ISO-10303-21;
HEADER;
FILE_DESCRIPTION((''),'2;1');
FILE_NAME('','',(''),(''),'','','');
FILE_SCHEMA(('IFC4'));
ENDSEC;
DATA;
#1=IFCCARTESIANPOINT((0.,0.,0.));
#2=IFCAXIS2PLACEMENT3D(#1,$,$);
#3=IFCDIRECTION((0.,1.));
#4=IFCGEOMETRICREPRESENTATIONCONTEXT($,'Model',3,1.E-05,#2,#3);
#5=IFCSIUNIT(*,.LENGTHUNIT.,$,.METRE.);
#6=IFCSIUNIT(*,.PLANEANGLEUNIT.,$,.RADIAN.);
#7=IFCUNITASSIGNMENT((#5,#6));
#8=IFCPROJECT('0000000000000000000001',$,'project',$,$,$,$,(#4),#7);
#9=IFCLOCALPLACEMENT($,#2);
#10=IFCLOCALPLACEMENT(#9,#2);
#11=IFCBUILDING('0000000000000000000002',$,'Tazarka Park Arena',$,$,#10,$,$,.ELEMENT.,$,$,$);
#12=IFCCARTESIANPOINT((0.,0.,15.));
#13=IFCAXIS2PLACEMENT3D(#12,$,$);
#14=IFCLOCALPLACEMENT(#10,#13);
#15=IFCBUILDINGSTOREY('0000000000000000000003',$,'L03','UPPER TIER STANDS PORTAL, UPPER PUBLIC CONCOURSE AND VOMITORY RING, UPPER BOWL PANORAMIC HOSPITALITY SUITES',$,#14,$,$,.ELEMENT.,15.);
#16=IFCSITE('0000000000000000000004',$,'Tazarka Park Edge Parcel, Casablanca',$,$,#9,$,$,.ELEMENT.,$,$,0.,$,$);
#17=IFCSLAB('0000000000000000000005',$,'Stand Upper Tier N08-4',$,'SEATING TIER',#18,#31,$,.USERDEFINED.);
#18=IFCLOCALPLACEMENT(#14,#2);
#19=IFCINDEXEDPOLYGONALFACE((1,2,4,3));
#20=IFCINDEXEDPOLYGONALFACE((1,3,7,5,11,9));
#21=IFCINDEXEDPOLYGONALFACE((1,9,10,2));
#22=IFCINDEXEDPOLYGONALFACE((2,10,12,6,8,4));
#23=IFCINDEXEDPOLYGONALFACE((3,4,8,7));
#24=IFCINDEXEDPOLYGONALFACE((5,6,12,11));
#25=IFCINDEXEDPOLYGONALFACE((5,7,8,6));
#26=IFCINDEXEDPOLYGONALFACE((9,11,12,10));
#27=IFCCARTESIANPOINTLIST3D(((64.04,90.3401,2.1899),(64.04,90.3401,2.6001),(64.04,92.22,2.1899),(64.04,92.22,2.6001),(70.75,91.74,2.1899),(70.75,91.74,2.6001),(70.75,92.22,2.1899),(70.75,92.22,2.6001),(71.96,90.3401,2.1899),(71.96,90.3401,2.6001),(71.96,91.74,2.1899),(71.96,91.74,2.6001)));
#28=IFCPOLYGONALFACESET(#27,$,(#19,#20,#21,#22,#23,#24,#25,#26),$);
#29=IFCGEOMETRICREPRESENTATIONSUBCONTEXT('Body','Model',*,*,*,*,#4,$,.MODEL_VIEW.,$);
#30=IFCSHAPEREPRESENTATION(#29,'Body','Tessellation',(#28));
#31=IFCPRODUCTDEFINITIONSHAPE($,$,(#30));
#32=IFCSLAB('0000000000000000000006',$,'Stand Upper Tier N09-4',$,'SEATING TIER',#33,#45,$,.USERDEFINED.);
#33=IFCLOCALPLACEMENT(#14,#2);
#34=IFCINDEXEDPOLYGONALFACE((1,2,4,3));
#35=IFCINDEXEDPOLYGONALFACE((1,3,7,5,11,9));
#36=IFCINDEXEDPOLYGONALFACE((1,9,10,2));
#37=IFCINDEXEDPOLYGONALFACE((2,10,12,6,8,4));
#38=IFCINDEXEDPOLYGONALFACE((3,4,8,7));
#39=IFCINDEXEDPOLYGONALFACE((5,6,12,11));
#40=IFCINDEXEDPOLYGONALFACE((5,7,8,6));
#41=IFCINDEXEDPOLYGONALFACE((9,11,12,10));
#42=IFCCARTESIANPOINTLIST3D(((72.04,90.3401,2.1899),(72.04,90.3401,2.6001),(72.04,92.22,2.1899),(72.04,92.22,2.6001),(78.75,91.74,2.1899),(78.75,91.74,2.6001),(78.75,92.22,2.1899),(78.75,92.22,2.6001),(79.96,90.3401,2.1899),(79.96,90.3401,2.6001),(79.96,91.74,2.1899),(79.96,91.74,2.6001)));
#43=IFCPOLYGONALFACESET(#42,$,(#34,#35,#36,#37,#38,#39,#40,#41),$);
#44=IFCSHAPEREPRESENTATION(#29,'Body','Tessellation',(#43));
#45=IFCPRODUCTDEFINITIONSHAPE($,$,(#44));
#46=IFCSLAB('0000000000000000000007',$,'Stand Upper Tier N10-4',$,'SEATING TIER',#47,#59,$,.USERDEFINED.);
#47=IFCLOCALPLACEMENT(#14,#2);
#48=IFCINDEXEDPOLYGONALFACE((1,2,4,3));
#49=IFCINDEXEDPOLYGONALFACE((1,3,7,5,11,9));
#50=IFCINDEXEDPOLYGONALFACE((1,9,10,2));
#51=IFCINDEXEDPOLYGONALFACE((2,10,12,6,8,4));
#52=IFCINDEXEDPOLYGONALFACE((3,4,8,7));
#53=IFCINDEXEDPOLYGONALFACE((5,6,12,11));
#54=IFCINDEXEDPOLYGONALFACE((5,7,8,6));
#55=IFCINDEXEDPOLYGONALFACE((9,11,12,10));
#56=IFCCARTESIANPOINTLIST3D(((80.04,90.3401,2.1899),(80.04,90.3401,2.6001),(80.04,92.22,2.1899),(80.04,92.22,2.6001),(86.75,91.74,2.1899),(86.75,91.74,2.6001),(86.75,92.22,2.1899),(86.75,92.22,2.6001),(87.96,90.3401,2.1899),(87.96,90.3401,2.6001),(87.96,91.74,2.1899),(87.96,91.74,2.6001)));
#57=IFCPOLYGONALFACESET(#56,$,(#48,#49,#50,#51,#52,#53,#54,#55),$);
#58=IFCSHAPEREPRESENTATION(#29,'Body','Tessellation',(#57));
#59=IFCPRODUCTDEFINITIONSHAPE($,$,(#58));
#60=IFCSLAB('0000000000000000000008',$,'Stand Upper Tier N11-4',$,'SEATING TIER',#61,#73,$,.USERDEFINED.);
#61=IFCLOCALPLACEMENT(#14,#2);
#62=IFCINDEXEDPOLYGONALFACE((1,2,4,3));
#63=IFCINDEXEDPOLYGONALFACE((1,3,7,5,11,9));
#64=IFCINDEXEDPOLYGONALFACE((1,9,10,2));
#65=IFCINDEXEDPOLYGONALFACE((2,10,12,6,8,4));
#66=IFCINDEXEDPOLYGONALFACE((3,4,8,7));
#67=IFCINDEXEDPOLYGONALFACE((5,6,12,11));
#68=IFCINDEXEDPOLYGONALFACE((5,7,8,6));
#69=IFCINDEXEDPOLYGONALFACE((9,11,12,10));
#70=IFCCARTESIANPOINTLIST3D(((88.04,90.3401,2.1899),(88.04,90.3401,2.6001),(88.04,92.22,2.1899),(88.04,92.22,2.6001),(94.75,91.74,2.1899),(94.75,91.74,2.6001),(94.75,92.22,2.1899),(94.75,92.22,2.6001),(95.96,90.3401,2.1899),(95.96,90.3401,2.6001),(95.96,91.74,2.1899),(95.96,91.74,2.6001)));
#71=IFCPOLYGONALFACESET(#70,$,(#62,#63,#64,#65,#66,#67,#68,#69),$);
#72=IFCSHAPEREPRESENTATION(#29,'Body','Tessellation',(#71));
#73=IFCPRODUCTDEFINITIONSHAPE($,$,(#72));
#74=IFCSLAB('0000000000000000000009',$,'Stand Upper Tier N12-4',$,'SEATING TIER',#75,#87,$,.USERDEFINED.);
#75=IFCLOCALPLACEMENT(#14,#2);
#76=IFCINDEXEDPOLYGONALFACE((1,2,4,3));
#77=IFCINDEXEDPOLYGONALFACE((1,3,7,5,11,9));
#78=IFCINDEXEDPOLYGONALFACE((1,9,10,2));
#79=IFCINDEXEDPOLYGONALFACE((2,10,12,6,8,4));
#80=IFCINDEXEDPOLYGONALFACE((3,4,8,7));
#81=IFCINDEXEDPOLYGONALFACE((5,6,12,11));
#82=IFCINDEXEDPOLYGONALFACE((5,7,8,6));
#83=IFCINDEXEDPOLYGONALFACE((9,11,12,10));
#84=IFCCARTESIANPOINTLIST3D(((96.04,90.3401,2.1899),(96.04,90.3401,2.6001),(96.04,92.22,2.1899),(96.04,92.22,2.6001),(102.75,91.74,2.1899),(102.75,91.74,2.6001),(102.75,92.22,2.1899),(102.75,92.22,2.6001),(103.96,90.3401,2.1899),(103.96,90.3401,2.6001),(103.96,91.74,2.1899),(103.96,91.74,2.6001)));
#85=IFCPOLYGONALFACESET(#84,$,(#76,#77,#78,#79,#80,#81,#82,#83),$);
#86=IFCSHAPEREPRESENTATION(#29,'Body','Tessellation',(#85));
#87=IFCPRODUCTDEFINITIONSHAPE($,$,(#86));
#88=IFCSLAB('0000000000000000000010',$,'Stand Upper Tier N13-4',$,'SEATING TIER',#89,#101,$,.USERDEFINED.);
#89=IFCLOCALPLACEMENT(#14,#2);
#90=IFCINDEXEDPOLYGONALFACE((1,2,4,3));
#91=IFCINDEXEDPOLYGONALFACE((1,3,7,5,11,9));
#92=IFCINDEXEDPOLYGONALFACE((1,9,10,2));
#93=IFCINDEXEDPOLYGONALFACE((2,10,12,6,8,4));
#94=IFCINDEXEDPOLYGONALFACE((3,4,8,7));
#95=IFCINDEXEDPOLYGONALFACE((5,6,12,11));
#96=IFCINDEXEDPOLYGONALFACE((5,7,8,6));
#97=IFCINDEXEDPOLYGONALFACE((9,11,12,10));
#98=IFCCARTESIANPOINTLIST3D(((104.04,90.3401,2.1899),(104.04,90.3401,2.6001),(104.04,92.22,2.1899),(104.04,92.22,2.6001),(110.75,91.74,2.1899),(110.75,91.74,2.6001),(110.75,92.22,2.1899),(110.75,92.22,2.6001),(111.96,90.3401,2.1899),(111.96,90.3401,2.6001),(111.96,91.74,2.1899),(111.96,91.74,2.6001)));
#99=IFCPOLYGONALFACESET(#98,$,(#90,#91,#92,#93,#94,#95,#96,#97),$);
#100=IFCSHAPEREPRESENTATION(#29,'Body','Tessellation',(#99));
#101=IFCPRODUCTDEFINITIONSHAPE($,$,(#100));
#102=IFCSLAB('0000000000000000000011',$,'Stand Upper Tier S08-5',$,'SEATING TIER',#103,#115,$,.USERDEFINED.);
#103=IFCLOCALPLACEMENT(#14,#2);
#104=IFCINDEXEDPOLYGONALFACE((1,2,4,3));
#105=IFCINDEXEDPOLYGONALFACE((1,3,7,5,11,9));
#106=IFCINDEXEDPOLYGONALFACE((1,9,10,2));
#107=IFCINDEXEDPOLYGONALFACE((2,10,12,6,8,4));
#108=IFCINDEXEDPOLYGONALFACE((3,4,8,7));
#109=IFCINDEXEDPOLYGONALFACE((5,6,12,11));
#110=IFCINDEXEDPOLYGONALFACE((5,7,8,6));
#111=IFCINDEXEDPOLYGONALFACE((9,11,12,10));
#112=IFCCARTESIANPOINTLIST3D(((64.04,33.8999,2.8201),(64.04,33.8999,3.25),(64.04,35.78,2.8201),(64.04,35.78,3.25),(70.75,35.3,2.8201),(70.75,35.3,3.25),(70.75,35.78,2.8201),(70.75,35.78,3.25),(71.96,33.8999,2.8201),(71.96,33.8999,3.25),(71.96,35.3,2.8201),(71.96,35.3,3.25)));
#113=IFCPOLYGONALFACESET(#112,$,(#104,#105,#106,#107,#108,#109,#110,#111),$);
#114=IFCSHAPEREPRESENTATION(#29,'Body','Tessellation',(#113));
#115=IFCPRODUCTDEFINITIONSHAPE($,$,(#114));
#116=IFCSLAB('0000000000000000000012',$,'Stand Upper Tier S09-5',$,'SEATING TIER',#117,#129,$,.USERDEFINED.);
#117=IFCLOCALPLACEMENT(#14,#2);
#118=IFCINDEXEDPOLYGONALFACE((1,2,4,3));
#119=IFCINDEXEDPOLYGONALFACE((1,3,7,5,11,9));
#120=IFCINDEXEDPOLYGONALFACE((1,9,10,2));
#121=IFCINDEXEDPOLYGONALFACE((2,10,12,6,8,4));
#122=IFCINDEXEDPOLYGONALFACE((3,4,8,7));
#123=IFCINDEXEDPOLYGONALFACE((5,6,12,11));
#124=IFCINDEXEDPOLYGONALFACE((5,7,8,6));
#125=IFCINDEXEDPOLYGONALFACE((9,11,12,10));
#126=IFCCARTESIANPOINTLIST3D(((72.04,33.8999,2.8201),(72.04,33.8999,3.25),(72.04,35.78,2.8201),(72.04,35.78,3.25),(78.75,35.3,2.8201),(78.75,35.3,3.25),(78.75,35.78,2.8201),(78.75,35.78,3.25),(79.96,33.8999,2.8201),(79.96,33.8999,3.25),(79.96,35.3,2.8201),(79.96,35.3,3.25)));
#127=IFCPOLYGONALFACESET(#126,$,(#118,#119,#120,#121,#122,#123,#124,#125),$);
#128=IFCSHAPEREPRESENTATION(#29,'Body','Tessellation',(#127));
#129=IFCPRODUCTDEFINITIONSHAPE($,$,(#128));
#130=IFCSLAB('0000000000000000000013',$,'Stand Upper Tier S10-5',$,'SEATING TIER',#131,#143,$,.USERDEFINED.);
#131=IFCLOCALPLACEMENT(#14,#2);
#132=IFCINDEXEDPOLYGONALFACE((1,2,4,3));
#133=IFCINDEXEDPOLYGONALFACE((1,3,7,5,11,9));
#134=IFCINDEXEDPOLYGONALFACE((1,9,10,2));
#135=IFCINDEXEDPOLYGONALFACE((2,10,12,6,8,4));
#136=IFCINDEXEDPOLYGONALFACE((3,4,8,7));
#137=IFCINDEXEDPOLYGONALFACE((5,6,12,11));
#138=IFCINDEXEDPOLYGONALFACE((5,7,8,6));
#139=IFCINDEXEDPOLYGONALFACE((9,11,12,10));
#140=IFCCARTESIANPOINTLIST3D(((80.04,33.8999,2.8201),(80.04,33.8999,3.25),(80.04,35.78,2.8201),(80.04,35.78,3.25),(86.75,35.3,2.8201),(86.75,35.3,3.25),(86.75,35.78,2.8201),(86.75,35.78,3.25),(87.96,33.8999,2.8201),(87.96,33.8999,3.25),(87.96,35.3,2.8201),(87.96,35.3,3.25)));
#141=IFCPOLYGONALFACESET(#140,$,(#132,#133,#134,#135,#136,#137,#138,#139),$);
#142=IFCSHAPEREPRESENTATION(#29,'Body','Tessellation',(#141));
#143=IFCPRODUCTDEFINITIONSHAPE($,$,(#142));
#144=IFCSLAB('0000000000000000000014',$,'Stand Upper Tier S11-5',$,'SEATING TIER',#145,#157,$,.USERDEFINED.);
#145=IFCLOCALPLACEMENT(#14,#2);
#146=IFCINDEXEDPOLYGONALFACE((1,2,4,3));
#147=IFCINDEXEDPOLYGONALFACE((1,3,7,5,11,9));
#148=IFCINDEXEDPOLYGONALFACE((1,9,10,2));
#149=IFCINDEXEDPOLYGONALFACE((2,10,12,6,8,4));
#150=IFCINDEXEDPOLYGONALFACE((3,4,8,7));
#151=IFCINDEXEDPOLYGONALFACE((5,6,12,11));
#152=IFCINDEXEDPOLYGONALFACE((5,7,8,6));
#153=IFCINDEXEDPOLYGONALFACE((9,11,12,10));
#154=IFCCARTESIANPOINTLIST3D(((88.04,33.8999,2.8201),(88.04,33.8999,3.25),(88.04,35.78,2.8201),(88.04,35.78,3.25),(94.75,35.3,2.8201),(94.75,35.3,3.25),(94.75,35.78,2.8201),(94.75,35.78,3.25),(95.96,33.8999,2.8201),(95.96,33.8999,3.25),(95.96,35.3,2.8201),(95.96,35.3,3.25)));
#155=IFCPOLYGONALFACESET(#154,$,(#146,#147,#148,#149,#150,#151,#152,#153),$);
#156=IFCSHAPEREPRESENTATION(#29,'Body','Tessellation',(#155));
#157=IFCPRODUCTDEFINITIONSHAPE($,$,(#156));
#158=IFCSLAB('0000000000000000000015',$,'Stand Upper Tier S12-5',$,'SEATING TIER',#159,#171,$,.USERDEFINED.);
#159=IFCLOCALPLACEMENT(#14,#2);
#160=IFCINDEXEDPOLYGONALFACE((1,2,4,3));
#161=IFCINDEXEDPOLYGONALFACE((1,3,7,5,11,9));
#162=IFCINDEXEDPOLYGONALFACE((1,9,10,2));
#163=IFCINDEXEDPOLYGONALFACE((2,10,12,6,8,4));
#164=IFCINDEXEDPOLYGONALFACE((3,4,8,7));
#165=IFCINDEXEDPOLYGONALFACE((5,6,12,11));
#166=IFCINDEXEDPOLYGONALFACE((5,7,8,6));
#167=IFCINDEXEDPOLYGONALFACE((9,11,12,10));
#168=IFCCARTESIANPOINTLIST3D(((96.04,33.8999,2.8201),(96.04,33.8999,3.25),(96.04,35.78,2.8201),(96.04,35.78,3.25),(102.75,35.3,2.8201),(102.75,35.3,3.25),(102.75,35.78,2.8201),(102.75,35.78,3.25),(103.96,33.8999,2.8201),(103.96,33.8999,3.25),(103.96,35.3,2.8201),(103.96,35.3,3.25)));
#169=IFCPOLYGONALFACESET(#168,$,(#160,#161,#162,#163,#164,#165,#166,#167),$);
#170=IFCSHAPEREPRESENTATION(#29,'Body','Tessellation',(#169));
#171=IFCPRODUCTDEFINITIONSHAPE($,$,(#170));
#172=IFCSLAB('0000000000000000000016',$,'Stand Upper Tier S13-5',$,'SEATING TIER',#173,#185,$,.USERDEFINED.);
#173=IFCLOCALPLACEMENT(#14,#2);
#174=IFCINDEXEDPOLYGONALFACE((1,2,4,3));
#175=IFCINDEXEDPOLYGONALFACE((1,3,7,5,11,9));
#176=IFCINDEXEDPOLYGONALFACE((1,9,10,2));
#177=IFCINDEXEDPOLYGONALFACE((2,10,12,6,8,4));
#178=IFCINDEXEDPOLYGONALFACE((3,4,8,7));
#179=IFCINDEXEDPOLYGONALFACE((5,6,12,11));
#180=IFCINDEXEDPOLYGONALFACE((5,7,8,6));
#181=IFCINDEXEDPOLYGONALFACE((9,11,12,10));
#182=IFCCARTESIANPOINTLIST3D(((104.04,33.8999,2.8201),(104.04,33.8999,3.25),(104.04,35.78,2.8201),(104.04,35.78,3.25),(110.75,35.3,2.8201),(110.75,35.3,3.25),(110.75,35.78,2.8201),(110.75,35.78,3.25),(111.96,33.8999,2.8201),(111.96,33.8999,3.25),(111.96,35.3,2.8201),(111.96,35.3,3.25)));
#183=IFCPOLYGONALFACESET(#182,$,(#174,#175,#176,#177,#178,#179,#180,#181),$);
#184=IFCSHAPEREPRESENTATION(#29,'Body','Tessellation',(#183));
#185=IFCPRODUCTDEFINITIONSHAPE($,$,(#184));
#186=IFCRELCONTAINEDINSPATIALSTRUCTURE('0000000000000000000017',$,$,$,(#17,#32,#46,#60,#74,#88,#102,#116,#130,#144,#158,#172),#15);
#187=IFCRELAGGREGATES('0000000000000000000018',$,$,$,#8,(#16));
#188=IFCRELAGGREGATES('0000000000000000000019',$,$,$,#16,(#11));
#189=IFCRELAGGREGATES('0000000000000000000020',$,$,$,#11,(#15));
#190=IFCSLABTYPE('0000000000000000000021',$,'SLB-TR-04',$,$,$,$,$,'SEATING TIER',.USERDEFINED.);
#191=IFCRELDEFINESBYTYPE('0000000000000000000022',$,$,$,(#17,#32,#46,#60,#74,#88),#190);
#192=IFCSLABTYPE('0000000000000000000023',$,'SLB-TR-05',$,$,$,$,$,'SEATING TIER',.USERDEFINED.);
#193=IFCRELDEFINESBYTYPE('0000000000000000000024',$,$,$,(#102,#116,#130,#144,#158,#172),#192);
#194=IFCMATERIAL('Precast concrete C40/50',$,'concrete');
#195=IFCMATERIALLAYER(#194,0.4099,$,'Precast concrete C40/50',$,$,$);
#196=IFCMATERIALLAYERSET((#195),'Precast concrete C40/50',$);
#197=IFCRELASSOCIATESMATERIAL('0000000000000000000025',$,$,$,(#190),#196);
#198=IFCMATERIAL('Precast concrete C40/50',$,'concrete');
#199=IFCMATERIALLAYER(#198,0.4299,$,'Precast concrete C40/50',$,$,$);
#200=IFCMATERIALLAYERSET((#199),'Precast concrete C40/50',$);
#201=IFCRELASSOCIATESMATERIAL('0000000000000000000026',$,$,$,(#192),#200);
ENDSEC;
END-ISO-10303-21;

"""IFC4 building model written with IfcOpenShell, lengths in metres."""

from ifc_helpers import new_model, si_unit, direction, frame, origin, place, context, subcontext, project, spatial, polyline, outline, extrude, material, layer, layer_set, type_object, element, save


model = new_model("IFC4")

# Units and contexts
model_context = context("Model", 3, precision=1e-05, world=origin(), true_north=direction((0.0, 1.0)))
body_context = subcontext(model_context, "Body", "Model", "MODEL_VIEW")
ifc_project = project(units=[si_unit("LENGTHUNIT", "METRE"), si_unit("PLANEANGLEUNIT", "RADIAN")], contexts=[model_context])

# Site, building, storey
site_placement = place(None, origin())
site = spatial("IfcSite", under=ifc_project, at=site_placement, Name="Tazarka Park Edge Parcel, Casablanca", CompositionType="ELEMENT", RefElevation=0.0)
building_placement = place(site_placement, origin())
building = spatial("IfcBuilding", under=site, at=building_placement, Name="Tazarka Park Arena", CompositionType="ELEMENT")
storey_placement = place(building_placement, frame((0.0, 0.0, 15.0)))
storey = spatial("IfcBuildingStorey", under=building, at=storey_placement, Name="L03", Description="UPPER TIER STANDS PORTAL, UPPER PUBLIC CONCOURSE AND VOMITORY RING, UPPER BOWL PANORAMIC HOSPITALITY SUITES", CompositionType="ELEMENT", Elevation=15.0)

# Slabs
ifc_material_1 = material(Name="Precast concrete C40/50", Category="concrete")
ifc_layer_1 = layer(ifc_material_1, 0.4099, Name="Precast concrete C40/50")
ifc_layer_set_1 = layer_set([ifc_layer_1], Name="Precast concrete C40/50")
slab_type_1 = type_object("IfcSlabType", Name="SLB-TR-04", ElementType="SEATING TIER", PredefinedType="USERDEFINED", material=ifc_layer_set_1)
slab_1_placement = place(storey_placement, frame((0.0, 0.0, 2.1899)))
element("IfcSlab", 1, at=slab_1_placement, inside=storey, type_object=slab_type_1, Name="Stand Upper Tier N08-4", ObjectType="SEATING TIER", PredefinedType="USERDEFINED", context=body_context, shape_type="SweptSolid", body=[
    extrude(outline(polyline([(64.04, 90.3401), (71.96, 90.3401), (71.96, 91.74), (70.75, 91.74), (70.75, 92.22), (64.04, 92.22), (64.04, 90.3401)])), origin(), (0.0, 0.0, 1.0), 0.4102),
])
slab_2_placement = place(storey_placement, frame((0.0, 0.0, 2.1899)))
element("IfcSlab", 2, at=slab_2_placement, inside=storey, type_object=slab_type_1, Name="Stand Upper Tier N09-4", ObjectType="SEATING TIER", PredefinedType="USERDEFINED", context=body_context, shape_type="SweptSolid", body=[
    extrude(outline(polyline([(72.04, 90.3401), (79.96, 90.3401), (79.96, 91.74), (78.75, 91.74), (78.75, 92.22), (72.04, 92.22), (72.04, 90.3401)])), origin(), (0.0, 0.0, 1.0), 0.4102),
])
slab_3_placement = place(storey_placement, frame((0.0, 0.0, 2.1899)))
element("IfcSlab", 3, at=slab_3_placement, inside=storey, type_object=slab_type_1, Name="Stand Upper Tier N10-4", ObjectType="SEATING TIER", PredefinedType="USERDEFINED", context=body_context, shape_type="SweptSolid", body=[
    extrude(outline(polyline([(80.04, 90.3401), (87.96, 90.3401), (87.96, 91.74), (86.75, 91.74), (86.75, 92.22), (80.04, 92.22), (80.04, 90.3401)])), origin(), (0.0, 0.0, 1.0), 0.4102),
])
slab_4_placement = place(storey_placement, frame((0.0, 0.0, 2.1899)))
element("IfcSlab", 4, at=slab_4_placement, inside=storey, type_object=slab_type_1, Name="Stand Upper Tier N11-4", ObjectType="SEATING TIER", PredefinedType="USERDEFINED", context=body_context, shape_type="SweptSolid", body=[
    extrude(outline(polyline([(88.04, 90.3401), (95.96, 90.3401), (95.96, 91.74), (94.75, 91.74), (94.75, 92.22), (88.04, 92.22), (88.04, 90.3401)])), origin(), (0.0, 0.0, 1.0), 0.4102),
])
slab_5_placement = place(storey_placement, frame((0.0, 0.0, 2.1899)))
element("IfcSlab", 5, at=slab_5_placement, inside=storey, type_object=slab_type_1, Name="Stand Upper Tier N12-4", ObjectType="SEATING TIER", PredefinedType="USERDEFINED", context=body_context, shape_type="SweptSolid", body=[
    extrude(outline(polyline([(96.04, 90.3401), (103.96, 90.3401), (103.96, 91.74), (102.75, 91.74), (102.75, 92.22), (96.04, 92.22), (96.04, 90.3401)])), origin(), (0.0, 0.0, 1.0), 0.4102),
])
slab_6_placement = place(storey_placement, frame((0.0, 0.0, 2.1899)))
element("IfcSlab", 6, at=slab_6_placement, inside=storey, type_object=slab_type_1, Name="Stand Upper Tier N13-4", ObjectType="SEATING TIER", PredefinedType="USERDEFINED", context=body_context, shape_type="SweptSolid", body=[
    extrude(outline(polyline([(104.04, 90.3401), (111.96, 90.3401), (111.96, 91.74), (110.75, 91.74), (110.75, 92.22), (104.04, 92.22), (104.04, 90.3401)])), origin(), (0.0, 0.0, 1.0), 0.4102),
])
ifc_material_2 = material(Name="Precast concrete C40/50", Category="concrete")
ifc_layer_2 = layer(ifc_material_2, 0.4299, Name="Precast concrete C40/50")
ifc_layer_set_2 = layer_set([ifc_layer_2], Name="Precast concrete C40/50")
slab_type_2 = type_object("IfcSlabType", Name="SLB-TR-05", ElementType="SEATING TIER", PredefinedType="USERDEFINED", material=ifc_layer_set_2)
slab_7_placement = place(storey_placement, frame((0.0, 0.0, 2.8201)))
element("IfcSlab", 7, at=slab_7_placement, inside=storey, type_object=slab_type_2, Name="Stand Upper Tier S08-5", ObjectType="SEATING TIER", PredefinedType="USERDEFINED", context=body_context, shape_type="SweptSolid", body=[
    extrude(outline(polyline([(64.04, 33.8999), (71.96, 33.8999), (71.96, 35.3), (70.75, 35.3), (70.75, 35.78), (64.04, 35.78), (64.04, 33.8999)])), origin(), (0.0, 0.0, 1.0), 0.4299),
])
slab_8_placement = place(storey_placement, frame((0.0, 0.0, 2.8201)))
element("IfcSlab", 8, at=slab_8_placement, inside=storey, type_object=slab_type_2, Name="Stand Upper Tier S09-5", ObjectType="SEATING TIER", PredefinedType="USERDEFINED", context=body_context, shape_type="SweptSolid", body=[
    extrude(outline(polyline([(72.04, 33.8999), (79.96, 33.8999), (79.96, 35.3), (78.75, 35.3), (78.75, 35.78), (72.04, 35.78), (72.04, 33.8999)])), origin(), (0.0, 0.0, 1.0), 0.4299),
])
slab_9_placement = place(storey_placement, frame((0.0, 0.0, 2.8201)))
element("IfcSlab", 9, at=slab_9_placement, inside=storey, type_object=slab_type_2, Name="Stand Upper Tier S10-5", ObjectType="SEATING TIER", PredefinedType="USERDEFINED", context=body_context, shape_type="SweptSolid", body=[
    extrude(outline(polyline([(80.04, 33.8999), (87.96, 33.8999), (87.96, 35.3), (86.75, 35.3), (86.75, 35.78), (80.04, 35.78), (80.04, 33.8999)])), origin(), (0.0, 0.0, 1.0), 0.4299),
])
slab_10_placement = place(storey_placement, frame((0.0, 0.0, 2.8201)))
element("IfcSlab", 10, at=slab_10_placement, inside=storey, type_object=slab_type_2, Name="Stand Upper Tier S11-5", ObjectType="SEATING TIER", PredefinedType="USERDEFINED", context=body_context, shape_type="SweptSolid", body=[
    extrude(outline(polyline([(88.04, 33.8999), (95.96, 33.8999), (95.96, 35.3), (94.75, 35.3), (94.75, 35.78), (88.04, 35.78), (88.04, 33.8999)])), origin(), (0.0, 0.0, 1.0), 0.4299),
])
slab_11_placement = place(storey_placement, frame((0.0, 0.0, 2.8201)))
element("IfcSlab", 11, at=slab_11_placement, inside=storey, type_object=slab_type_2, Name="Stand Upper Tier S12-5", ObjectType="SEATING TIER", PredefinedType="USERDEFINED", context=body_context, shape_type="SweptSolid", body=[
    extrude(outline(polyline([(96.04, 33.8999), (103.96, 33.8999), (103.96, 35.3), (102.75, 35.3), (102.75, 35.78), (96.04, 35.78), (96.04, 33.8999)])), origin(), (0.0, 0.0, 1.0), 0.4299),
])
slab_12_placement = place(storey_placement, frame((0.0, 0.0, 2.8201)))
element("IfcSlab", 12, at=slab_12_placement, inside=storey, type_object=slab_type_2, Name="Stand Upper Tier S13-5", ObjectType="SEATING TIER", PredefinedType="USERDEFINED", context=body_context, shape_type="SweptSolid", body=[
    extrude(outline(polyline([(104.04, 33.8999), (111.96, 33.8999), (111.96, 35.3), (110.75, 35.3), (110.75, 35.78), (104.04, 35.78), (104.04, 33.8999)])), origin(), (0.0, 0.0, 1.0), 0.4299),
])

save(model, "model.ifc")
